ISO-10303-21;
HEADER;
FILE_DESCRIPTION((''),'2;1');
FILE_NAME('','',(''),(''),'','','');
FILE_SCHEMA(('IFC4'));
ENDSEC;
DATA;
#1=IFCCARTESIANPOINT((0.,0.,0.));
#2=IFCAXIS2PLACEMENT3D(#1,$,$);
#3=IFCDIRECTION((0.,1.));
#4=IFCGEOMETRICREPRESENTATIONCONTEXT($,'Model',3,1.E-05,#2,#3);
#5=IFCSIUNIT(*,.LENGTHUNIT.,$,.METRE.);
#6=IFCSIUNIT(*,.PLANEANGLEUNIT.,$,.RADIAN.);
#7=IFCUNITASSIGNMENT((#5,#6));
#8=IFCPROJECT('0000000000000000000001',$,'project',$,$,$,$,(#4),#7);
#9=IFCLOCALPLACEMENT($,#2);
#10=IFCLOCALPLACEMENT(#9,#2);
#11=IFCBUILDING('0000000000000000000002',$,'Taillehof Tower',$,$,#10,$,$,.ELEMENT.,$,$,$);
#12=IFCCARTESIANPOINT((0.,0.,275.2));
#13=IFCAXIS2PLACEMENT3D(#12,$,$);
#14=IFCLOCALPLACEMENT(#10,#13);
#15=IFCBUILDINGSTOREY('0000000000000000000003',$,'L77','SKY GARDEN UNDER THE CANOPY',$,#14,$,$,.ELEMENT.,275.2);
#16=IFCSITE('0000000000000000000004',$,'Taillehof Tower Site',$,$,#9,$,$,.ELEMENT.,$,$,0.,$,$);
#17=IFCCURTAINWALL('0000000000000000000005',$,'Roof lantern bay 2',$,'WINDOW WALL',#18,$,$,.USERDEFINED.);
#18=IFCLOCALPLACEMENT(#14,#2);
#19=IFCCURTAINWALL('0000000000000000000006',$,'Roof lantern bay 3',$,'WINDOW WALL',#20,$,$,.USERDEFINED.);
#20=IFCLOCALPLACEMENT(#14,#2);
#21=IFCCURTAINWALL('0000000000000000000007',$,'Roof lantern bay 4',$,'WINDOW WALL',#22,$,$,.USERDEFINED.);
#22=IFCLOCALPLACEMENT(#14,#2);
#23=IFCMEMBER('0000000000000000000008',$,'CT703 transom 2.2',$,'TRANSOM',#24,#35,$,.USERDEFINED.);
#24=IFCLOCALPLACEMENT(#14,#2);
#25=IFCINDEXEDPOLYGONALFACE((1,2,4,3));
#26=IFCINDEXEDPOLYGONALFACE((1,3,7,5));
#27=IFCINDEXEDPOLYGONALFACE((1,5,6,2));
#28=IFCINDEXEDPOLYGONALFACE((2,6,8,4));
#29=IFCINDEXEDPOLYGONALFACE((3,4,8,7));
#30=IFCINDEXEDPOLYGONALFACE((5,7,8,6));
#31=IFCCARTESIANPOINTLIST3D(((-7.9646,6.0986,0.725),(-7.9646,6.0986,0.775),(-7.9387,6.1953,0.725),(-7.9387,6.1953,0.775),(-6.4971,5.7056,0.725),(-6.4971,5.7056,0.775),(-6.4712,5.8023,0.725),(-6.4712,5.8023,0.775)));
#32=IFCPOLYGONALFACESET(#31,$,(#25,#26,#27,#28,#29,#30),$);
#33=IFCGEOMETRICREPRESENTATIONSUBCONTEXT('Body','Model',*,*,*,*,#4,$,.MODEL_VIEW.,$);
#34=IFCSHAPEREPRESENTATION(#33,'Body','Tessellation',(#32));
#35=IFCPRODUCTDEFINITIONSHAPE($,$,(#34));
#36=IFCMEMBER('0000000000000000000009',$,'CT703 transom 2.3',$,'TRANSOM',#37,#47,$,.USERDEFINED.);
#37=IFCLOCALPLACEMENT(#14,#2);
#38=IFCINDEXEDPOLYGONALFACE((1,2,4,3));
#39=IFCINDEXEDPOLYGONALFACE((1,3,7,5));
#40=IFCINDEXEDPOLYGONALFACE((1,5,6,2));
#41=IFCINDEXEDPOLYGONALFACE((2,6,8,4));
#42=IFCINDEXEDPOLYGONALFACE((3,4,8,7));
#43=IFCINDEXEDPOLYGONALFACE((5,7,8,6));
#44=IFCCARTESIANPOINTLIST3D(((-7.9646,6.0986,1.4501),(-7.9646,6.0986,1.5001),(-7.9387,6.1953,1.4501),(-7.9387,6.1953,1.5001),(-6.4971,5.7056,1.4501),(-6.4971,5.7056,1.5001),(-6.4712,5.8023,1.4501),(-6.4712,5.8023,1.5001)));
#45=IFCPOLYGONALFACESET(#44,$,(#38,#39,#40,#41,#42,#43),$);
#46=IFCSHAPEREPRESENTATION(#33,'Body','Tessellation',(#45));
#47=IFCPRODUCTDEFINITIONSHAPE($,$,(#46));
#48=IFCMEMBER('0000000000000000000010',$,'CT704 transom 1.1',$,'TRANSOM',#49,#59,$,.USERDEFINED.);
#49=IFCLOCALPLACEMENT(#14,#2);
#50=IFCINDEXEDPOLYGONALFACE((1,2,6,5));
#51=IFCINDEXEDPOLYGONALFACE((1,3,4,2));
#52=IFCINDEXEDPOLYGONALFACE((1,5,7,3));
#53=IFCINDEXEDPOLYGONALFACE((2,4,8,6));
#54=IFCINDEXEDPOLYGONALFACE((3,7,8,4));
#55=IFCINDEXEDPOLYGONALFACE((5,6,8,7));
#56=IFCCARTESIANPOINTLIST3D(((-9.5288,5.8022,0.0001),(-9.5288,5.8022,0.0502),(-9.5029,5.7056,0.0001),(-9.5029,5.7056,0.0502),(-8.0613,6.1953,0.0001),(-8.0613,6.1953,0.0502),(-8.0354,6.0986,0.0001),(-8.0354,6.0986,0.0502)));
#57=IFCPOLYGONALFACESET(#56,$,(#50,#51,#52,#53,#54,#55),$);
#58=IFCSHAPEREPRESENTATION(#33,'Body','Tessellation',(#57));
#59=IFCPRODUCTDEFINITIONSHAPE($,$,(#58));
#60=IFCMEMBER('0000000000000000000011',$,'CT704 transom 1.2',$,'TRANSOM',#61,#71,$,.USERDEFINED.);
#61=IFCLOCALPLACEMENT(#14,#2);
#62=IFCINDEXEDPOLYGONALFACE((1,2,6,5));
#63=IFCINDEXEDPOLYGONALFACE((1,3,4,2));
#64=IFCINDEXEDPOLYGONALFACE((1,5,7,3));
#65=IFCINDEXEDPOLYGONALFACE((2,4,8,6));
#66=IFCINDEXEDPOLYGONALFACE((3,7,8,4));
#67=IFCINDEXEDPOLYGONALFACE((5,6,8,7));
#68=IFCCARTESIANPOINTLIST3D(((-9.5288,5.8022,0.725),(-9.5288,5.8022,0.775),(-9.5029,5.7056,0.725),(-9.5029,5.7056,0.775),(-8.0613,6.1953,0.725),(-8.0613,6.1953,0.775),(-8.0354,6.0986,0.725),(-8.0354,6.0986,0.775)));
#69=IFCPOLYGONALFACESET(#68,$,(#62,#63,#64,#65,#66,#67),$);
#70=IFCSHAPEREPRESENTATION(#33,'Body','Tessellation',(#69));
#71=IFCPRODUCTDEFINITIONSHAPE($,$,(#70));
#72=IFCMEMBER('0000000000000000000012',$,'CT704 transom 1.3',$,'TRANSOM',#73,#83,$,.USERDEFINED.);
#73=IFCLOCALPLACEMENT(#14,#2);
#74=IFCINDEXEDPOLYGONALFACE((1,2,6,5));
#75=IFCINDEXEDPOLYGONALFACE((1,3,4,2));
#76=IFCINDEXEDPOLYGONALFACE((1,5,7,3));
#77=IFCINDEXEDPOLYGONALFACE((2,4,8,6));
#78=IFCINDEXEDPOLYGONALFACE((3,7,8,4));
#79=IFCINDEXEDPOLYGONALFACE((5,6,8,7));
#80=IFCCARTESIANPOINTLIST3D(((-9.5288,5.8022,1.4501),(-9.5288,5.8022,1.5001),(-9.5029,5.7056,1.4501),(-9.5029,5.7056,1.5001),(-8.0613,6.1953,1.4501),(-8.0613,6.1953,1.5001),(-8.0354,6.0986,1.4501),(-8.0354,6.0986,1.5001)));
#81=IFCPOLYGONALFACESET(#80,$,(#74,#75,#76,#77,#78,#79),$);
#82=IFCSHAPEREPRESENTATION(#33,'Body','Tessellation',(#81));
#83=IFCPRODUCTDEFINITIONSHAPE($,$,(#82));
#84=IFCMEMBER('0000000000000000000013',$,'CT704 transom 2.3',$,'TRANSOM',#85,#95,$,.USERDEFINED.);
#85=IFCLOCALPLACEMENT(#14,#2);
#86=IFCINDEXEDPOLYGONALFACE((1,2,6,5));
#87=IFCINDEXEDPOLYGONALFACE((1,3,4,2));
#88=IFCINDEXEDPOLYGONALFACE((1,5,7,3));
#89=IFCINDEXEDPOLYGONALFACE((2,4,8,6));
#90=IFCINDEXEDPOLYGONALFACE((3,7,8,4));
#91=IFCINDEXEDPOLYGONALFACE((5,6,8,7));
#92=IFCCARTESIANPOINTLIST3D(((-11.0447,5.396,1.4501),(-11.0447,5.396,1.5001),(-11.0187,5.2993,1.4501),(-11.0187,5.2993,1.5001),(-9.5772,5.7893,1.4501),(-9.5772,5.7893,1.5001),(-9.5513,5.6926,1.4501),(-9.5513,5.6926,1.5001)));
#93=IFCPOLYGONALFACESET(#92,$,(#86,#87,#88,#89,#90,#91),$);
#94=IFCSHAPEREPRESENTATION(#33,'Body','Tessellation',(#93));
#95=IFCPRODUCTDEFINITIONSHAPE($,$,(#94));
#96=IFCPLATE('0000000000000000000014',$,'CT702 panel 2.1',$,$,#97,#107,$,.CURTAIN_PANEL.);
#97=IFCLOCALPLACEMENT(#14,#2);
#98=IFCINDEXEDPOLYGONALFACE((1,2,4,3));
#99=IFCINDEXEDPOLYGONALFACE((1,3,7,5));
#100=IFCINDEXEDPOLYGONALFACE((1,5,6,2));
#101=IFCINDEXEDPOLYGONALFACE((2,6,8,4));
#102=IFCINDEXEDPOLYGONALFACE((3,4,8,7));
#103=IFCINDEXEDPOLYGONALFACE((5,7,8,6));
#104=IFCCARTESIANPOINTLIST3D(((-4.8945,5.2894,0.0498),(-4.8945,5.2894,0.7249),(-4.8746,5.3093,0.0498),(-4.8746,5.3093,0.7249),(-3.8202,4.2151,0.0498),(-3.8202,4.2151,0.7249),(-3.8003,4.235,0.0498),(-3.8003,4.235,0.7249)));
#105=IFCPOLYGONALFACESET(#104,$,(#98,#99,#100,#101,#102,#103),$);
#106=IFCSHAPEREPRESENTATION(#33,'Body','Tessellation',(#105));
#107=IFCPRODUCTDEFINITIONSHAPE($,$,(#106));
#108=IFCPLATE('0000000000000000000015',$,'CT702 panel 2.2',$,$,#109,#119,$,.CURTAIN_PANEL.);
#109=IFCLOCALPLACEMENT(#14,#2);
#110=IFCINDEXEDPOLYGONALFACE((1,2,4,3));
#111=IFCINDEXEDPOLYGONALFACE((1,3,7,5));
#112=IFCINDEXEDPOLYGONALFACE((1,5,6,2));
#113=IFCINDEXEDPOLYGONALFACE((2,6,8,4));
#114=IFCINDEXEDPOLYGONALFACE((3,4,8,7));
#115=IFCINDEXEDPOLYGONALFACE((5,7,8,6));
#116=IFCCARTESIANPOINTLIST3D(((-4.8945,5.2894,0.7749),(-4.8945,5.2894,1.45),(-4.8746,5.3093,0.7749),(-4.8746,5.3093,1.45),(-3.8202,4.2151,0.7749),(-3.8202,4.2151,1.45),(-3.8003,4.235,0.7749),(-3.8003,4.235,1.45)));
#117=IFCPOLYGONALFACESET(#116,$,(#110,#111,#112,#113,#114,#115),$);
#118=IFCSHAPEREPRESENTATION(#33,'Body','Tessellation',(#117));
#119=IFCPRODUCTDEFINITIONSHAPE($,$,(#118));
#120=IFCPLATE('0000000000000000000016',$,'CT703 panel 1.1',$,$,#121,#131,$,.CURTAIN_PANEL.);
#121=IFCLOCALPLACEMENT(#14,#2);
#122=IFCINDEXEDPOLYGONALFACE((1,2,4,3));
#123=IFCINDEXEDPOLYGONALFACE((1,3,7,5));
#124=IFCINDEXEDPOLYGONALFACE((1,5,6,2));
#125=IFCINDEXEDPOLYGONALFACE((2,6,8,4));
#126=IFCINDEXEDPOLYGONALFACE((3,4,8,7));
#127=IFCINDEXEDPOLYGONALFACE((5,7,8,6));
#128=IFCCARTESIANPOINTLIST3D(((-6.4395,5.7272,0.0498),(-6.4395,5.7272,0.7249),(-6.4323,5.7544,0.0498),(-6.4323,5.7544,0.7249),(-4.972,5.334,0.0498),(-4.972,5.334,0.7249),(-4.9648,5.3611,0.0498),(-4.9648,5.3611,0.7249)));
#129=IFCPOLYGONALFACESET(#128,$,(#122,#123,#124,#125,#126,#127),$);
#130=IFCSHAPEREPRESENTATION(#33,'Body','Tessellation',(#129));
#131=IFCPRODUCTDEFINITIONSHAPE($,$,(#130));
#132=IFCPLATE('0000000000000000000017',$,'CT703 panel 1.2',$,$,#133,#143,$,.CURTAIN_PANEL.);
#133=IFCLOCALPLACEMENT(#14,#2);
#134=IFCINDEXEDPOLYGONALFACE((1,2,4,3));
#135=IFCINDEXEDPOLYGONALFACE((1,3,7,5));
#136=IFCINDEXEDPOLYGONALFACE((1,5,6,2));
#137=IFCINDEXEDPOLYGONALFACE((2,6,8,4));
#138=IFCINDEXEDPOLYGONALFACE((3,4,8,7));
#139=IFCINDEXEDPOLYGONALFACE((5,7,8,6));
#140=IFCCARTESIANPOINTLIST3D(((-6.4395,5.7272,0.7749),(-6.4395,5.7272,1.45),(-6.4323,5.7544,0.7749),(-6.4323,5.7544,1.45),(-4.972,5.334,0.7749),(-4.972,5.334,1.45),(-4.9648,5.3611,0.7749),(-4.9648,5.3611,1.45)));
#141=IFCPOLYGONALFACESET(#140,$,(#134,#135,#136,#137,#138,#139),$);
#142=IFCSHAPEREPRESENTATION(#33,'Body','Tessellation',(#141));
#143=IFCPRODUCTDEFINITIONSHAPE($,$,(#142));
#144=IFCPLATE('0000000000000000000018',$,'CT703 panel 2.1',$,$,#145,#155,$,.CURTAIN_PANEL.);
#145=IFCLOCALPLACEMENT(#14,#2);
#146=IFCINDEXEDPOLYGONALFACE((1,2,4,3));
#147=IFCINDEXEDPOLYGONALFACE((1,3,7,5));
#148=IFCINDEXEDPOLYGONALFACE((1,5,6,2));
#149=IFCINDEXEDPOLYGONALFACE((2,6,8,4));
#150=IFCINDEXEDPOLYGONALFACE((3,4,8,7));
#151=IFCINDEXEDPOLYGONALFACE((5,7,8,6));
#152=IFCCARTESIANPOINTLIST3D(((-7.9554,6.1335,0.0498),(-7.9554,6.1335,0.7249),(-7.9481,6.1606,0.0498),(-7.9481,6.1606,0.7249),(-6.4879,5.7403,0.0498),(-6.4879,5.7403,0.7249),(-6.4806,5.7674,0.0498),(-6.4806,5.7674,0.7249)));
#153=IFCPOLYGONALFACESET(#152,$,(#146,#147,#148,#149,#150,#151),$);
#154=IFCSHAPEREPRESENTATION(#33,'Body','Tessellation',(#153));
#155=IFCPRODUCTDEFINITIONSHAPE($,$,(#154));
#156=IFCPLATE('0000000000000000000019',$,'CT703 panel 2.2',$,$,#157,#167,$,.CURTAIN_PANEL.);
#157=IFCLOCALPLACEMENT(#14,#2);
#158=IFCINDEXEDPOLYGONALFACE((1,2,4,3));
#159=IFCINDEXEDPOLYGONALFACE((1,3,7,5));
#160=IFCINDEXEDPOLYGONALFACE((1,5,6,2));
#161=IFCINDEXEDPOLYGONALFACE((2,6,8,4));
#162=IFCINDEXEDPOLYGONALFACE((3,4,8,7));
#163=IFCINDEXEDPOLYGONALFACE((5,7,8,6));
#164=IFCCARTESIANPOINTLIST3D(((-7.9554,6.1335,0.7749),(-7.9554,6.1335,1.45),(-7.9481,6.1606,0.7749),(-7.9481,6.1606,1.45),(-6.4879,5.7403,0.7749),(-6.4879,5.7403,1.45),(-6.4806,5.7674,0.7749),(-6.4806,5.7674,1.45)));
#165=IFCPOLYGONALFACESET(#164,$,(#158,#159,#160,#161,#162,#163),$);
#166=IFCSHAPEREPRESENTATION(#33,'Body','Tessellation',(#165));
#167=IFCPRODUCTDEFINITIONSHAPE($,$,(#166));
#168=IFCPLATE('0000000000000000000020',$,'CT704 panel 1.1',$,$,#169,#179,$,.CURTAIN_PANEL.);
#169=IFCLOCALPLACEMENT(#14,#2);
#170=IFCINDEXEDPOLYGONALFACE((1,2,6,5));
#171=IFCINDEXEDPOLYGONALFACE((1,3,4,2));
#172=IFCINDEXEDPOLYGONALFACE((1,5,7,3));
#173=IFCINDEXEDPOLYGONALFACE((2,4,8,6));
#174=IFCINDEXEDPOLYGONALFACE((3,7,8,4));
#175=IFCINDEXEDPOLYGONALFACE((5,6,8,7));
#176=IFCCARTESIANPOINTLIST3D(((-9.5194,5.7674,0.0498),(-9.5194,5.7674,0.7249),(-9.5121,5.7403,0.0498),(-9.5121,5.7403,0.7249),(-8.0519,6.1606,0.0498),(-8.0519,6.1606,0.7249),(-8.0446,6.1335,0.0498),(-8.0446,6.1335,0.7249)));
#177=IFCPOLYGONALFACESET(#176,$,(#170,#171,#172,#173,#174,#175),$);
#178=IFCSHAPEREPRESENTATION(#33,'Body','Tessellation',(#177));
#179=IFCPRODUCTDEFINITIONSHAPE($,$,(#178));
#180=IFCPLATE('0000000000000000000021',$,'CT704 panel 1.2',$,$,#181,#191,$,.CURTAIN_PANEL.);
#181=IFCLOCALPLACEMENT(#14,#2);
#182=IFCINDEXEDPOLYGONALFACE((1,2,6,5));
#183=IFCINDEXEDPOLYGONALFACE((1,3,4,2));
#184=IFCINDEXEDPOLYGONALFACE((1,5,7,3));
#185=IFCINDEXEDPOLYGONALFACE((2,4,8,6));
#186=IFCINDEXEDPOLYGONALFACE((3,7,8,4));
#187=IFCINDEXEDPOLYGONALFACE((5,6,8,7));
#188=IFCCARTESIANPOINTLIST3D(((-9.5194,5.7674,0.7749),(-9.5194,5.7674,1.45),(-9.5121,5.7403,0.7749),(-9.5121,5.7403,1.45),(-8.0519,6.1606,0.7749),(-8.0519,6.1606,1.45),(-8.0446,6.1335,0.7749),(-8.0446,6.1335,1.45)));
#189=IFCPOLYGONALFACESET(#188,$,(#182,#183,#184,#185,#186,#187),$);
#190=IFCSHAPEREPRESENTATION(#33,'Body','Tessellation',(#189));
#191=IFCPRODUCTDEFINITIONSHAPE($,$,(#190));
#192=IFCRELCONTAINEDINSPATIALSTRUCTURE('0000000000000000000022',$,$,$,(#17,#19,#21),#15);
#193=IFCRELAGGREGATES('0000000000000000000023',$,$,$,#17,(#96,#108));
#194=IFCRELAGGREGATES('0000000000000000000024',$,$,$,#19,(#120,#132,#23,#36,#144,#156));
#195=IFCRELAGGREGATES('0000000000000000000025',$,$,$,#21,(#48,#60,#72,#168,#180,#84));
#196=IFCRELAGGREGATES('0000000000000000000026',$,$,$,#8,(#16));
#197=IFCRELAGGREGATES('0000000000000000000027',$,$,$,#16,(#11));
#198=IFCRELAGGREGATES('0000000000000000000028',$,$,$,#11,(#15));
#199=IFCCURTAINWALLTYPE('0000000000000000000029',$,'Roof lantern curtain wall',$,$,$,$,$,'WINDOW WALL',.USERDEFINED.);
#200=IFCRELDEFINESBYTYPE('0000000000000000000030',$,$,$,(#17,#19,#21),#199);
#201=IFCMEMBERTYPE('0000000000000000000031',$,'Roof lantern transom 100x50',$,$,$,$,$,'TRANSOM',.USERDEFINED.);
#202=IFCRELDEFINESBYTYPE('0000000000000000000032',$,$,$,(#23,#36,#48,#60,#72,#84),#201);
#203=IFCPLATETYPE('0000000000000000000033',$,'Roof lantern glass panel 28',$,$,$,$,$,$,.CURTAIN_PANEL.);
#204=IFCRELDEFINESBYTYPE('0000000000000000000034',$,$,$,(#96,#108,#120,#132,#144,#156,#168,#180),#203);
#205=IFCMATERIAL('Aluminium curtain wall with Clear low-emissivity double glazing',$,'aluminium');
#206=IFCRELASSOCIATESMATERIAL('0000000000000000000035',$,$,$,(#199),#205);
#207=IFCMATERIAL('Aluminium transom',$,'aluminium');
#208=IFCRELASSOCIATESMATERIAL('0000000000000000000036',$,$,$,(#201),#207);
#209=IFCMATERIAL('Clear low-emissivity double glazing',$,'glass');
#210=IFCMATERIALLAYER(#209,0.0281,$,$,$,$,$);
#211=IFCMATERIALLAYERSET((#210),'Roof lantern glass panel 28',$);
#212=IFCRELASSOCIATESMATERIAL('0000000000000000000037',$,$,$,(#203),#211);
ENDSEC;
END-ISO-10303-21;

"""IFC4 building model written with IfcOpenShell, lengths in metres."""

from ifc_helpers import new_model, si_unit, direction, frame, origin, origin_2d, place, context, subcontext, project, spatial, rectangle, extrude, material, layer, layer_set, material_profile, profile_set, type_object, element, aggregate, save


model = new_model("IFC4")

# Units and contexts
model_context = context("Model", 3, precision=1e-05, world=origin(), true_north=direction((0.0, 1.0)))
body_context = subcontext(model_context, "Body", "Model", "MODEL_VIEW")
ifc_project = project(units=[si_unit("LENGTHUNIT", "METRE"), si_unit("PLANEANGLEUNIT", "RADIAN")], contexts=[model_context])

# Site, building, storey
site_placement = place(None, origin())
site = spatial("IfcSite", under=ifc_project, at=site_placement, Name="Taillehof Tower Site", CompositionType="ELEMENT", RefElevation=0.0)
building_placement = place(site_placement, origin())
building = spatial("IfcBuilding", under=site, at=building_placement, Name="Taillehof Tower", CompositionType="ELEMENT")
storey_placement = place(building_placement, frame((0.0, 0.0, 275.2)))
storey = spatial("IfcBuildingStorey", under=building, at=storey_placement, Name="L77", Description="SKY GARDEN UNDER THE CANOPY", CompositionType="ELEMENT", Elevation=275.2)

# Curtain walls
ifc_material_1 = material(Name="Aluminium curtain wall with Clear low-emissivity double glazing", Category="aluminium")
curtain_wall_type = type_object("IfcCurtainWallType", Name="Roof lantern curtain wall", ElementType="WINDOW WALL", PredefinedType="USERDEFINED", material=ifc_material_1)
curtain_wall_1_placement = place(storey_placement, origin())
curtain_wall_1 = element("IfcCurtainWall", 1, at=curtain_wall_1_placement, inside=storey, type_object=curtain_wall_type, Name="Roof lantern bay 2", ObjectType="WINDOW WALL", PredefinedType="USERDEFINED")
curtain_wall_2_placement = place(storey_placement, origin())
curtain_wall_2 = element("IfcCurtainWall", 2, at=curtain_wall_2_placement, inside=storey, type_object=curtain_wall_type, Name="Roof lantern bay 3", ObjectType="WINDOW WALL", PredefinedType="USERDEFINED")
curtain_wall_3_placement = place(storey_placement, origin())
curtain_wall_3 = element("IfcCurtainWall", 3, at=curtain_wall_3_placement, inside=storey, type_object=curtain_wall_type, Name="Roof lantern bay 4", ObjectType="WINDOW WALL", PredefinedType="USERDEFINED")

# Members
ifc_material_2 = material(Name="Aluminium transom", Category="aluminium")
ifc_material_profile_1 = material_profile(ifc_material_2, rectangle(XDim=0.1001, YDim=0.05, at=origin_2d()), Name="AL 100x50")
ifc_profile_set_1 = profile_set([ifc_material_profile_1], Name="Aluminium transom")
member_type_1 = type_object("IfcMemberType", Name="Roof lantern transom 100x50", ElementType="TRANSOM", PredefinedType="USERDEFINED", material=ifc_profile_set_1)
member_1_placement = place(storey_placement, frame((-6.4841, 5.7539, 0.75), z_axis=(-0.965952, 0.258723, 0.0), x_axis=(-0.258723, -0.965952, 0.0)))
member_1 = element("IfcMember", 4, at=member_1_placement, type_object=member_type_1, Name="CT703 transom 2.2", ObjectType="TRANSOM", PredefinedType="USERDEFINED", context=body_context, shape_type="SweptSolid", body=[
    extrude(rectangle(XDim=0.1001, YDim=0.05, at=origin_2d()), origin(), (0.0, 0.0, 1.0), 1.5193),
])
member_2_placement = place(storey_placement, frame((-6.4841, 5.7539, 1.4751), z_axis=(-0.965952, 0.258723, 0.0), x_axis=(-0.258723, -0.965952, 0.0)))
member_2 = element("IfcMember", 5, at=member_2_placement, type_object=member_type_1, Name="CT703 transom 2.3", ObjectType="TRANSOM", PredefinedType="USERDEFINED", context=body_context, shape_type="SweptSolid", body=[
    extrude(rectangle(XDim=0.1001, YDim=0.05, at=origin_2d()), origin(), (0.0, 0.0, 1.0), 1.5193),
])
member_3_placement = place(storey_placement, frame((-8.0483, 6.147, 0.0251), z_axis=(-0.965952, -0.258723, 0.0), x_axis=(0.258723, -0.965952, 0.0)))
member_3 = element("IfcMember", 6, at=member_3_placement, type_object=member_type_1, Name="CT704 transom 1.1", ObjectType="TRANSOM", PredefinedType="USERDEFINED", context=body_context, shape_type="SweptSolid", body=[
    extrude(rectangle(XDim=0.1001, YDim=0.05, at=origin_2d()), origin(), (0.0, 0.0, 1.0), 1.5193),
])
member_4_placement = place(storey_placement, frame((-8.0483, 6.147, 0.75), z_axis=(-0.965952, -0.258723, 0.0), x_axis=(0.258723, -0.965952, 0.0)))
member_4 = element("IfcMember", 7, at=member_4_placement, type_object=member_type_1, Name="CT704 transom 1.2", ObjectType="TRANSOM", PredefinedType="USERDEFINED", context=body_context, shape_type="SweptSolid", body=[
    extrude(rectangle(XDim=0.1001, YDim=0.05, at=origin_2d()), origin(), (0.0, 0.0, 1.0), 1.5193),
])
member_5_placement = place(storey_placement, frame((-8.0483, 6.147, 1.4751), z_axis=(-0.965952, -0.258723, 0.0), x_axis=(0.258723, -0.965952, 0.0)))
member_5 = element("IfcMember", 8, at=member_5_placement, type_object=member_type_1, Name="CT704 transom 1.3", ObjectType="TRANSOM", PredefinedType="USERDEFINED", context=body_context, shape_type="SweptSolid", body=[
    extrude(rectangle(XDim=0.1001, YDim=0.05, at=origin_2d()), origin(), (0.0, 0.0, 1.0), 1.5193),
])
member_6_placement = place(storey_placement, frame((-9.5642, 5.741, 1.4751), z_axis=(-0.965911, -0.258873, 0.0), x_axis=(0.258873, -0.965911, 0.0)))
member_6 = element("IfcMember", 9, at=member_6_placement, type_object=member_type_1, Name="CT704 transom 2.3", ObjectType="TRANSOM", PredefinedType="USERDEFINED", context=body_context, shape_type="SweptSolid", body=[
    extrude(rectangle(XDim=0.1001, YDim=0.05, at=origin_2d()), origin(), (0.0, 0.0, 1.0), 1.5193),
])

# Plates
ifc_material_3 = material(Name="Clear low-emissivity double glazing", Category="glass")
ifc_layer_1 = layer(ifc_material_3, 0.0281)
ifc_layer_set_1 = layer_set([ifc_layer_1], Name="Roof lantern glass panel 28")
plate_type = type_object("IfcPlateType", Name="Roof lantern glass panel 28", PredefinedType="CURTAIN_PANEL", material=ifc_layer_set_1)
plate_1_placement = place(storey_placement, frame((-4.3474, 4.7622, 0.0498), z_axis=(0.0, 0.0, 1.0), x_axis=(-0.707107, 0.707107, 0.0)))
plate_1 = element("IfcPlate", 10, at=plate_1_placement, type_object=plate_type, Name="CT702 panel 2.1", PredefinedType="CURTAIN_PANEL", context=body_context, shape_type="SweptSolid", body=[
    extrude(rectangle(XDim=1.5193, YDim=0.0281, at=origin_2d()), origin(), (0.0, 0.0, 1.0), 0.675),
])
plate_2_placement = place(storey_placement, frame((-4.3474, 4.7622, 0.7749), z_axis=(0.0, 0.0, 1.0), x_axis=(-0.707107, 0.707107, 0.0)))
plate_2 = element("IfcPlate", 11, at=plate_2_placement, type_object=plate_type, Name="CT702 panel 2.2", PredefinedType="CURTAIN_PANEL", context=body_context, shape_type="SweptSolid", body=[
    extrude(rectangle(XDim=1.5193, YDim=0.0281, at=origin_2d()), origin(), (0.0, 0.0, 1.0), 0.675),
])
aggregate(curtain_wall_1, [plate_1, plate_2])
plate_3_placement = place(storey_placement, frame((-5.7021, 5.5442, 0.0498), z_axis=(0.0, 0.0, 1.0), x_axis=(-0.965926, 0.258819, 0.0)))
plate_3 = element("IfcPlate", 12, at=plate_3_placement, type_object=plate_type, Name="CT703 panel 1.1", PredefinedType="CURTAIN_PANEL", context=body_context, shape_type="SweptSolid", body=[
    extrude(rectangle(XDim=1.5193, YDim=0.0281, at=origin_2d()), origin(), (0.0, 0.0, 1.0), 0.675),
])
plate_4_placement = place(storey_placement, frame((-5.7021, 5.5442, 0.7749), z_axis=(0.0, 0.0, 1.0), x_axis=(-0.965926, 0.258819, 0.0)))
plate_4 = element("IfcPlate", 13, at=plate_4_placement, type_object=plate_type, Name="CT703 panel 1.2", PredefinedType="CURTAIN_PANEL", context=body_context, shape_type="SweptSolid", body=[
    extrude(rectangle(XDim=1.5193, YDim=0.0281, at=origin_2d()), origin(), (0.0, 0.0, 1.0), 0.675),
])
plate_5_placement = place(storey_placement, frame((-7.218, 5.9504, 0.0498), z_axis=(0.0, 0.0, 1.0), x_axis=(-0.965926, 0.258819, 0.0)))
plate_5 = element("IfcPlate", 14, at=plate_5_placement, type_object=plate_type, Name="CT703 panel 2.1", PredefinedType="CURTAIN_PANEL", context=body_context, shape_type="SweptSolid", body=[
    extrude(rectangle(XDim=1.5193, YDim=0.0281, at=origin_2d()), origin(), (0.0, 0.0, 1.0), 0.675),
])
plate_6_placement = place(storey_placement, frame((-7.218, 5.9504, 0.7749), z_axis=(0.0, 0.0, 1.0), x_axis=(-0.965926, 0.258819, 0.0)))
plate_6 = element("IfcPlate", 15, at=plate_6_placement, type_object=plate_type, Name="CT703 panel 2.2", PredefinedType="CURTAIN_PANEL", context=body_context, shape_type="SweptSolid", body=[
    extrude(rectangle(XDim=1.5193, YDim=0.0281, at=origin_2d()), origin(), (0.0, 0.0, 1.0), 0.675),
])
aggregate(curtain_wall_2, [plate_3, plate_4, member_1, member_2, plate_5, plate_6])
plate_7_placement = place(storey_placement, frame((-8.782, 5.9504, 0.0498), z_axis=(0.0, 0.0, 1.0), x_axis=(-0.965926, -0.258819, 0.0)))
plate_7 = element("IfcPlate", 16, at=plate_7_placement, type_object=plate_type, Name="CT704 panel 1.1", PredefinedType="CURTAIN_PANEL", context=body_context, shape_type="SweptSolid", body=[
    extrude(rectangle(XDim=1.5193, YDim=0.0281, at=origin_2d()), origin(), (0.0, 0.0, 1.0), 0.675),
])
plate_8_placement = place(storey_placement, frame((-8.782, 5.9504, 0.7749), z_axis=(0.0, 0.0, 1.0), x_axis=(-0.965926, -0.258819, 0.0)))
plate_8 = element("IfcPlate", 17, at=plate_8_placement, type_object=plate_type, Name="CT704 panel 1.2", PredefinedType="CURTAIN_PANEL", context=body_context, shape_type="SweptSolid", body=[
    extrude(rectangle(XDim=1.5193, YDim=0.0281, at=origin_2d()), origin(), (0.0, 0.0, 1.0), 0.675),
])
aggregate(curtain_wall_3, [member_3, member_4, member_5, plate_7, plate_8, member_6])

save(model, "model.ifc")
